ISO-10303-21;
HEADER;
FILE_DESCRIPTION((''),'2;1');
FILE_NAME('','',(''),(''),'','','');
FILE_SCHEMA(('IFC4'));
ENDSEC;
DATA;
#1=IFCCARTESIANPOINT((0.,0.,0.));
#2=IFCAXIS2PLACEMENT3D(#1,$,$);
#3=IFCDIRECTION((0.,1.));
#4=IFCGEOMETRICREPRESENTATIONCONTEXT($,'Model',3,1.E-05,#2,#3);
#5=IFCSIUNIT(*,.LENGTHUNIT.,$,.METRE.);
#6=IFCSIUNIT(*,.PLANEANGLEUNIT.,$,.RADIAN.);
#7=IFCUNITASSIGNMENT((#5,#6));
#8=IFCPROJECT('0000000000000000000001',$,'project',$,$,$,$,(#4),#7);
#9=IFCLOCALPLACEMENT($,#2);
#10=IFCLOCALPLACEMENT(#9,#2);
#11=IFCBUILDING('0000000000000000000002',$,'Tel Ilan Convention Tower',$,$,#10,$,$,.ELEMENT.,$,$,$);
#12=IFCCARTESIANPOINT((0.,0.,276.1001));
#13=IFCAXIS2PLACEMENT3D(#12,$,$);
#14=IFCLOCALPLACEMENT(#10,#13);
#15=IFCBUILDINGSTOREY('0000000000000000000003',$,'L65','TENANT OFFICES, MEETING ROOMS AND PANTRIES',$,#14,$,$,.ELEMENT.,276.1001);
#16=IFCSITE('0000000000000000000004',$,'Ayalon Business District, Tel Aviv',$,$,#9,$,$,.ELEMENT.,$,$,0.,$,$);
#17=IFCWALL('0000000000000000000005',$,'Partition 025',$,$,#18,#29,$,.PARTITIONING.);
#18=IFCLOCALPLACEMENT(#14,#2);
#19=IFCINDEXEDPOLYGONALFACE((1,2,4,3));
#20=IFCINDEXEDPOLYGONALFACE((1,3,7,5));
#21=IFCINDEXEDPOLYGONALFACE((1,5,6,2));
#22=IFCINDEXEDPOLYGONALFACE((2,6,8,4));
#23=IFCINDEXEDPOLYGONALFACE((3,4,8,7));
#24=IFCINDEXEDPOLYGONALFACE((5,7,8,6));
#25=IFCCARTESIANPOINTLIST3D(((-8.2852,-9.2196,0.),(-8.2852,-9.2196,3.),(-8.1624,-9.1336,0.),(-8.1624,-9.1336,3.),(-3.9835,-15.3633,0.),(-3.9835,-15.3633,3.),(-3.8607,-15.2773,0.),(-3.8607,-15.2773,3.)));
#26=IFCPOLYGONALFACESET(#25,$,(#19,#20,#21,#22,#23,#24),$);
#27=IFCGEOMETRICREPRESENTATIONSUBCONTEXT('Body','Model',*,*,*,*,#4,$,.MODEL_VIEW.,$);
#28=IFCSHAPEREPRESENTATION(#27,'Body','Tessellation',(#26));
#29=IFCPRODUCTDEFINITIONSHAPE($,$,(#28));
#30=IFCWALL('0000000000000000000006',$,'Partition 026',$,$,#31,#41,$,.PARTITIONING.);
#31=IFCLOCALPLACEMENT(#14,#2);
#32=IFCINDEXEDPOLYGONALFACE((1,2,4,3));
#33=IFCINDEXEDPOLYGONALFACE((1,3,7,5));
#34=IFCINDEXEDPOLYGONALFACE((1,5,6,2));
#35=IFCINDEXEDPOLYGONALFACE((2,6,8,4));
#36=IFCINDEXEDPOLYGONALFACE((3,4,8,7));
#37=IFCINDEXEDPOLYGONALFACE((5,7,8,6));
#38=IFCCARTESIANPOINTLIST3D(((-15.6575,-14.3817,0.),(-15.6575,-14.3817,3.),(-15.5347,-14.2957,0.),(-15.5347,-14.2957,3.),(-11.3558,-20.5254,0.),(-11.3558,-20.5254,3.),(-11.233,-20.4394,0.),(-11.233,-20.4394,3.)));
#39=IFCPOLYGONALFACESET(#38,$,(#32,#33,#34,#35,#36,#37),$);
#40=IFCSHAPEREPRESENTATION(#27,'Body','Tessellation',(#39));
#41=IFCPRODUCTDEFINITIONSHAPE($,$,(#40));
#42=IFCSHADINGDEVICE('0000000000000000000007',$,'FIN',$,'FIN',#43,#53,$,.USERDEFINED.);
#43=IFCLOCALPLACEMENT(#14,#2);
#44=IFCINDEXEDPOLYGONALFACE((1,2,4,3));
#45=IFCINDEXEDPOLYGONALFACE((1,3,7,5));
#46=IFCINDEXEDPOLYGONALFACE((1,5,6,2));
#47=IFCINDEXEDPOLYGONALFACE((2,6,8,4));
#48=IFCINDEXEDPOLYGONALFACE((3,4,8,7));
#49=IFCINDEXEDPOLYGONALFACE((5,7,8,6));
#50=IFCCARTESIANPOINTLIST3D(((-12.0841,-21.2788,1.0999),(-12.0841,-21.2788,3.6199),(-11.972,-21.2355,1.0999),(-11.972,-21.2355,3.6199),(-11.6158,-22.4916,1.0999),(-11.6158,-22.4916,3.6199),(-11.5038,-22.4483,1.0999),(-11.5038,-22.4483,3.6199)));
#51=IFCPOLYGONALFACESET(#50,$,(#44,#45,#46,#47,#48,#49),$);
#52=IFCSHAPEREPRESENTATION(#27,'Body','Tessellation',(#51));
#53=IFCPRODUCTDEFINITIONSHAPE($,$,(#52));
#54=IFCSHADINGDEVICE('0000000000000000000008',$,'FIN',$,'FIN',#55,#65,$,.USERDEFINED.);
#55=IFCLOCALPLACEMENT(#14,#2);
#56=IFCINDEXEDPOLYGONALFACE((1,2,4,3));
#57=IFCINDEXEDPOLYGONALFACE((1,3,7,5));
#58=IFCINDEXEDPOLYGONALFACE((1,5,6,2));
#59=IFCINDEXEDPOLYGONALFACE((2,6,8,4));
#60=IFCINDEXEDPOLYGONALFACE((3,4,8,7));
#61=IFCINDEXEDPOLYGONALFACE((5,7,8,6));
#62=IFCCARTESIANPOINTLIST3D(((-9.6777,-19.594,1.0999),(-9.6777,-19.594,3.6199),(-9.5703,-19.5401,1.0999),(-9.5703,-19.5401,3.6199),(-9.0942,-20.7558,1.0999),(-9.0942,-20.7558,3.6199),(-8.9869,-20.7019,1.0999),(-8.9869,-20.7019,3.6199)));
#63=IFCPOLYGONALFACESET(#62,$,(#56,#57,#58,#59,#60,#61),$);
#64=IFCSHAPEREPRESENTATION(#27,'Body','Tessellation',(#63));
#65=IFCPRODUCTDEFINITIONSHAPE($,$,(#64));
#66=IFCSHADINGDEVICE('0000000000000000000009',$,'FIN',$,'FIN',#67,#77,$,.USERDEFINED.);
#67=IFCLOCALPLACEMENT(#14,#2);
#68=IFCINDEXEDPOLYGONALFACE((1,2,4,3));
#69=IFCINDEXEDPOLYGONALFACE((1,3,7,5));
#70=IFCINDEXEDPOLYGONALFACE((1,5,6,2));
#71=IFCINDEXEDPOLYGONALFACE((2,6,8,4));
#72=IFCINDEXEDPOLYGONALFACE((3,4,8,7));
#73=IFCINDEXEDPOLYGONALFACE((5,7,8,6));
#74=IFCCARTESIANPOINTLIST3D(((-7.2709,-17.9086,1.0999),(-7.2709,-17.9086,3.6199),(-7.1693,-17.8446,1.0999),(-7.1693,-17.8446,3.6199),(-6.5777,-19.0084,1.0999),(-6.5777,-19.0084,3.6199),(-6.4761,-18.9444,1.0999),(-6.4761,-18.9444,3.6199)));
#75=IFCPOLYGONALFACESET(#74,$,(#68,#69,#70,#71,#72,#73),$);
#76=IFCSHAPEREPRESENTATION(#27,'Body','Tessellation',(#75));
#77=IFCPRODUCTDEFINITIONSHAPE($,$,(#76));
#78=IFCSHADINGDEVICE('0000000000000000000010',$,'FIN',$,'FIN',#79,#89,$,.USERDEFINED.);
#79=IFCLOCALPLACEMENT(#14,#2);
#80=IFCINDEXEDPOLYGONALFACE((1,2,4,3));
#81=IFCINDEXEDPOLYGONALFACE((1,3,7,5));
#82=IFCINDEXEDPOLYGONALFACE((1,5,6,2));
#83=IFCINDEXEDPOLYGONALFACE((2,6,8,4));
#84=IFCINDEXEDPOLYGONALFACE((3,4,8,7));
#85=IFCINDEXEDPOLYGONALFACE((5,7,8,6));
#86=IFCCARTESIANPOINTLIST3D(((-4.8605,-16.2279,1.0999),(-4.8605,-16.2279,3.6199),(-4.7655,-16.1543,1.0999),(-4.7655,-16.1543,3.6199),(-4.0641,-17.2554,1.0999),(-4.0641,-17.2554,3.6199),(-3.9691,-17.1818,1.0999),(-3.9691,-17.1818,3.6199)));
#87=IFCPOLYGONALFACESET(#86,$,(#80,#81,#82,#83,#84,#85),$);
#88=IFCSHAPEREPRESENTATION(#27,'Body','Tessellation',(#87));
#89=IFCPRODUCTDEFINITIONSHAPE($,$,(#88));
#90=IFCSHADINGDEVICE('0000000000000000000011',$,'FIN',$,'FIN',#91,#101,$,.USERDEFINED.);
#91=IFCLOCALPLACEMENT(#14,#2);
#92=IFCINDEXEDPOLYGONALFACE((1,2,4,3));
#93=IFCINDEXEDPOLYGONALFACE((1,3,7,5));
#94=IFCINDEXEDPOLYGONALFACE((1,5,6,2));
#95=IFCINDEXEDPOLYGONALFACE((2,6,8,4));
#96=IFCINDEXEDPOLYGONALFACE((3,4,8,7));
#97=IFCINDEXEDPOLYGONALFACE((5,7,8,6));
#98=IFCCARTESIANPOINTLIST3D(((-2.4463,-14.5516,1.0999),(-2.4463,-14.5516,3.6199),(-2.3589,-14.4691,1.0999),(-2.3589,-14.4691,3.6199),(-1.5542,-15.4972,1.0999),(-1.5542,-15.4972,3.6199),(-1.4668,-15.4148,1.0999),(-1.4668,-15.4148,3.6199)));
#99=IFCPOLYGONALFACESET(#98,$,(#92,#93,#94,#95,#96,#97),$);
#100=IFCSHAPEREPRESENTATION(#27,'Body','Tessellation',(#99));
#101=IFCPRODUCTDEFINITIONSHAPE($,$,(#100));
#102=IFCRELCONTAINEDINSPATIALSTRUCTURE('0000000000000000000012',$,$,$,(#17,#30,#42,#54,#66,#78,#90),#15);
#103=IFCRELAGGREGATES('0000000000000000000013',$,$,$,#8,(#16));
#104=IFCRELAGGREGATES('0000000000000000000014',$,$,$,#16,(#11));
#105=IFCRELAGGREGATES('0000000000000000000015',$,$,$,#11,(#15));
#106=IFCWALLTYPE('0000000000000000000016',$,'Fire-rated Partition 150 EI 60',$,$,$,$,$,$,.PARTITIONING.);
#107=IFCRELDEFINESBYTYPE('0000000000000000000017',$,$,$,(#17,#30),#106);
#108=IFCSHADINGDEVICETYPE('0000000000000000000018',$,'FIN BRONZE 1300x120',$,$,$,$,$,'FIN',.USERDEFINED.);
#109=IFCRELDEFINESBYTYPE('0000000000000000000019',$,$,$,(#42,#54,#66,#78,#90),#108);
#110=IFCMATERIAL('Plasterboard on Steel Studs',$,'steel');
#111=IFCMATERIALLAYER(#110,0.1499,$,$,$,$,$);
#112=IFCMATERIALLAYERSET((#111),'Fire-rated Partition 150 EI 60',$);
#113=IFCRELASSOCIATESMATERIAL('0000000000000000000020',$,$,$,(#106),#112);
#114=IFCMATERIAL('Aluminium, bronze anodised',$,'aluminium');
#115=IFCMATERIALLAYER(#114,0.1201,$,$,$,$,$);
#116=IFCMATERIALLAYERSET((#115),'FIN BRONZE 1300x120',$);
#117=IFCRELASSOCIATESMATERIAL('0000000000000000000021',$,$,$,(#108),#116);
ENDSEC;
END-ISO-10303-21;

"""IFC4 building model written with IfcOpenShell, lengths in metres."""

from ifc_helpers import new_model, si_unit, direction, frame, frame_2d, origin, origin_2d, place, context, subcontext, project, spatial, rectangle, extrude, material, layer, layer_set, type_object, element, save


model = new_model("IFC4")

# Units and contexts
model_context = context("Model", 3, precision=1e-05, world=origin(), true_north=direction((0.0, 1.0)))
body_context = subcontext(model_context, "Body", "Model", "MODEL_VIEW")
ifc_project = project(units=[si_unit("LENGTHUNIT", "METRE"), si_unit("PLANEANGLEUNIT", "RADIAN")], contexts=[model_context])

# Site, building, storey
site_placement = place(None, origin())
site = spatial("IfcSite", under=ifc_project, at=site_placement, Name="Ayalon Business District, Tel Aviv", CompositionType="ELEMENT", RefElevation=0.0)
building_placement = place(site_placement, origin())
building = spatial("IfcBuilding", under=site, at=building_placement, Name="Tel Ilan Convention Tower", CompositionType="ELEMENT")
storey_placement = place(building_placement, frame((0.0, 0.0, 276.1001)))
storey = spatial("IfcBuildingStorey", under=building, at=storey_placement, Name="L65", Description="TENANT OFFICES, MEETING ROOMS AND PANTRIES", CompositionType="ELEMENT", Elevation=276.1001)

# Walls
ifc_material_1 = material(Name="Plasterboard on Steel Studs", Category="steel")
ifc_layer_1 = layer(ifc_material_1, 0.1499)
ifc_layer_set_1 = layer_set([ifc_layer_1], Name="Fire-rated Partition 150 EI 60")
wall_type = type_object("IfcWallType", Name="Fire-rated Partition 150 EI 60", PredefinedType="PARTITIONING", material=ifc_layer_set_1)
for number, where, z_axis, x_axis, name in (
    (1, (-3.9221, -15.3203, 0.0), (0.0, 0.0, 1.0), (-0.573561, 0.819163, 0.0), "Partition 025"),
    (2, (-11.2944, -20.4824, 0.0), (0.0, 0.0, 1.0), (-0.573561, 0.819163, 0.0), "Partition 026"),
):
    element("IfcWall", number, at=place(storey_placement, frame(where, z_axis=z_axis, x_axis=x_axis)), inside=storey, type_object=wall_type, Name=name, PredefinedType="PARTITIONING", context=body_context, shape_type="SweptSolid", body=[
        extrude(rectangle(XDim=7.5, YDim=0.1499, at=frame_2d((3.75, 0.0))), origin(), (0.0, 0.0, 1.0), 3.0),
    ])

# Shading devices
ifc_material_2 = material(Name="Aluminium, bronze anodised", Category="aluminium")
ifc_layer_2 = layer(ifc_material_2, 0.1201)
ifc_layer_set_2 = layer_set([ifc_layer_2], Name="FIN BRONZE 1300x120")
shading_device_type = type_object("IfcShadingDeviceType", Name="FIN BRONZE 1300x120", ElementType="FIN", PredefinedType="USERDEFINED", material=ifc_layer_set_2)
for number, where, z_axis, x_axis, name in (
    (3, (-11.7939, -21.8635, 1.0999), (0.0, 0.0, 1.0), (0.360178, -0.932884, 0.0), "FIN"),
    (4, (-9.3323, -20.1479, 1.0999), (0.0, 0.0, 1.0), (0.448799, -0.893633, 0.0), "FIN"),
    (5, (-6.8735, -18.4265, 1.0999), (0.0, 0.0, 1.0), (0.533204, -0.845986, 0.0), "FIN"),
    (6, (-4.4148, -16.7048, 1.0999), (0.0, 0.0, 1.0), (0.612601, -0.790393, 0.0), "FIN"),
    (7, (-1.9565, -14.9832, 1.0999), (0.0, 0.0, 1.0), (0.686242, -0.727374, 0.0), "FIN"),
):
    element("IfcShadingDevice", number, at=place(storey_placement, frame(where, z_axis=z_axis, x_axis=x_axis)), inside=storey, type_object=shading_device_type, Name=name, ObjectType="FIN", PredefinedType="USERDEFINED", context=body_context, shape_type="SweptSolid", body=[
        extrude(rectangle(XDim=1.3, YDim=0.1201, at=origin_2d()), origin(), (0.0, 0.0, 1.0), 2.52),
    ])

save(model, "model.ifc")
